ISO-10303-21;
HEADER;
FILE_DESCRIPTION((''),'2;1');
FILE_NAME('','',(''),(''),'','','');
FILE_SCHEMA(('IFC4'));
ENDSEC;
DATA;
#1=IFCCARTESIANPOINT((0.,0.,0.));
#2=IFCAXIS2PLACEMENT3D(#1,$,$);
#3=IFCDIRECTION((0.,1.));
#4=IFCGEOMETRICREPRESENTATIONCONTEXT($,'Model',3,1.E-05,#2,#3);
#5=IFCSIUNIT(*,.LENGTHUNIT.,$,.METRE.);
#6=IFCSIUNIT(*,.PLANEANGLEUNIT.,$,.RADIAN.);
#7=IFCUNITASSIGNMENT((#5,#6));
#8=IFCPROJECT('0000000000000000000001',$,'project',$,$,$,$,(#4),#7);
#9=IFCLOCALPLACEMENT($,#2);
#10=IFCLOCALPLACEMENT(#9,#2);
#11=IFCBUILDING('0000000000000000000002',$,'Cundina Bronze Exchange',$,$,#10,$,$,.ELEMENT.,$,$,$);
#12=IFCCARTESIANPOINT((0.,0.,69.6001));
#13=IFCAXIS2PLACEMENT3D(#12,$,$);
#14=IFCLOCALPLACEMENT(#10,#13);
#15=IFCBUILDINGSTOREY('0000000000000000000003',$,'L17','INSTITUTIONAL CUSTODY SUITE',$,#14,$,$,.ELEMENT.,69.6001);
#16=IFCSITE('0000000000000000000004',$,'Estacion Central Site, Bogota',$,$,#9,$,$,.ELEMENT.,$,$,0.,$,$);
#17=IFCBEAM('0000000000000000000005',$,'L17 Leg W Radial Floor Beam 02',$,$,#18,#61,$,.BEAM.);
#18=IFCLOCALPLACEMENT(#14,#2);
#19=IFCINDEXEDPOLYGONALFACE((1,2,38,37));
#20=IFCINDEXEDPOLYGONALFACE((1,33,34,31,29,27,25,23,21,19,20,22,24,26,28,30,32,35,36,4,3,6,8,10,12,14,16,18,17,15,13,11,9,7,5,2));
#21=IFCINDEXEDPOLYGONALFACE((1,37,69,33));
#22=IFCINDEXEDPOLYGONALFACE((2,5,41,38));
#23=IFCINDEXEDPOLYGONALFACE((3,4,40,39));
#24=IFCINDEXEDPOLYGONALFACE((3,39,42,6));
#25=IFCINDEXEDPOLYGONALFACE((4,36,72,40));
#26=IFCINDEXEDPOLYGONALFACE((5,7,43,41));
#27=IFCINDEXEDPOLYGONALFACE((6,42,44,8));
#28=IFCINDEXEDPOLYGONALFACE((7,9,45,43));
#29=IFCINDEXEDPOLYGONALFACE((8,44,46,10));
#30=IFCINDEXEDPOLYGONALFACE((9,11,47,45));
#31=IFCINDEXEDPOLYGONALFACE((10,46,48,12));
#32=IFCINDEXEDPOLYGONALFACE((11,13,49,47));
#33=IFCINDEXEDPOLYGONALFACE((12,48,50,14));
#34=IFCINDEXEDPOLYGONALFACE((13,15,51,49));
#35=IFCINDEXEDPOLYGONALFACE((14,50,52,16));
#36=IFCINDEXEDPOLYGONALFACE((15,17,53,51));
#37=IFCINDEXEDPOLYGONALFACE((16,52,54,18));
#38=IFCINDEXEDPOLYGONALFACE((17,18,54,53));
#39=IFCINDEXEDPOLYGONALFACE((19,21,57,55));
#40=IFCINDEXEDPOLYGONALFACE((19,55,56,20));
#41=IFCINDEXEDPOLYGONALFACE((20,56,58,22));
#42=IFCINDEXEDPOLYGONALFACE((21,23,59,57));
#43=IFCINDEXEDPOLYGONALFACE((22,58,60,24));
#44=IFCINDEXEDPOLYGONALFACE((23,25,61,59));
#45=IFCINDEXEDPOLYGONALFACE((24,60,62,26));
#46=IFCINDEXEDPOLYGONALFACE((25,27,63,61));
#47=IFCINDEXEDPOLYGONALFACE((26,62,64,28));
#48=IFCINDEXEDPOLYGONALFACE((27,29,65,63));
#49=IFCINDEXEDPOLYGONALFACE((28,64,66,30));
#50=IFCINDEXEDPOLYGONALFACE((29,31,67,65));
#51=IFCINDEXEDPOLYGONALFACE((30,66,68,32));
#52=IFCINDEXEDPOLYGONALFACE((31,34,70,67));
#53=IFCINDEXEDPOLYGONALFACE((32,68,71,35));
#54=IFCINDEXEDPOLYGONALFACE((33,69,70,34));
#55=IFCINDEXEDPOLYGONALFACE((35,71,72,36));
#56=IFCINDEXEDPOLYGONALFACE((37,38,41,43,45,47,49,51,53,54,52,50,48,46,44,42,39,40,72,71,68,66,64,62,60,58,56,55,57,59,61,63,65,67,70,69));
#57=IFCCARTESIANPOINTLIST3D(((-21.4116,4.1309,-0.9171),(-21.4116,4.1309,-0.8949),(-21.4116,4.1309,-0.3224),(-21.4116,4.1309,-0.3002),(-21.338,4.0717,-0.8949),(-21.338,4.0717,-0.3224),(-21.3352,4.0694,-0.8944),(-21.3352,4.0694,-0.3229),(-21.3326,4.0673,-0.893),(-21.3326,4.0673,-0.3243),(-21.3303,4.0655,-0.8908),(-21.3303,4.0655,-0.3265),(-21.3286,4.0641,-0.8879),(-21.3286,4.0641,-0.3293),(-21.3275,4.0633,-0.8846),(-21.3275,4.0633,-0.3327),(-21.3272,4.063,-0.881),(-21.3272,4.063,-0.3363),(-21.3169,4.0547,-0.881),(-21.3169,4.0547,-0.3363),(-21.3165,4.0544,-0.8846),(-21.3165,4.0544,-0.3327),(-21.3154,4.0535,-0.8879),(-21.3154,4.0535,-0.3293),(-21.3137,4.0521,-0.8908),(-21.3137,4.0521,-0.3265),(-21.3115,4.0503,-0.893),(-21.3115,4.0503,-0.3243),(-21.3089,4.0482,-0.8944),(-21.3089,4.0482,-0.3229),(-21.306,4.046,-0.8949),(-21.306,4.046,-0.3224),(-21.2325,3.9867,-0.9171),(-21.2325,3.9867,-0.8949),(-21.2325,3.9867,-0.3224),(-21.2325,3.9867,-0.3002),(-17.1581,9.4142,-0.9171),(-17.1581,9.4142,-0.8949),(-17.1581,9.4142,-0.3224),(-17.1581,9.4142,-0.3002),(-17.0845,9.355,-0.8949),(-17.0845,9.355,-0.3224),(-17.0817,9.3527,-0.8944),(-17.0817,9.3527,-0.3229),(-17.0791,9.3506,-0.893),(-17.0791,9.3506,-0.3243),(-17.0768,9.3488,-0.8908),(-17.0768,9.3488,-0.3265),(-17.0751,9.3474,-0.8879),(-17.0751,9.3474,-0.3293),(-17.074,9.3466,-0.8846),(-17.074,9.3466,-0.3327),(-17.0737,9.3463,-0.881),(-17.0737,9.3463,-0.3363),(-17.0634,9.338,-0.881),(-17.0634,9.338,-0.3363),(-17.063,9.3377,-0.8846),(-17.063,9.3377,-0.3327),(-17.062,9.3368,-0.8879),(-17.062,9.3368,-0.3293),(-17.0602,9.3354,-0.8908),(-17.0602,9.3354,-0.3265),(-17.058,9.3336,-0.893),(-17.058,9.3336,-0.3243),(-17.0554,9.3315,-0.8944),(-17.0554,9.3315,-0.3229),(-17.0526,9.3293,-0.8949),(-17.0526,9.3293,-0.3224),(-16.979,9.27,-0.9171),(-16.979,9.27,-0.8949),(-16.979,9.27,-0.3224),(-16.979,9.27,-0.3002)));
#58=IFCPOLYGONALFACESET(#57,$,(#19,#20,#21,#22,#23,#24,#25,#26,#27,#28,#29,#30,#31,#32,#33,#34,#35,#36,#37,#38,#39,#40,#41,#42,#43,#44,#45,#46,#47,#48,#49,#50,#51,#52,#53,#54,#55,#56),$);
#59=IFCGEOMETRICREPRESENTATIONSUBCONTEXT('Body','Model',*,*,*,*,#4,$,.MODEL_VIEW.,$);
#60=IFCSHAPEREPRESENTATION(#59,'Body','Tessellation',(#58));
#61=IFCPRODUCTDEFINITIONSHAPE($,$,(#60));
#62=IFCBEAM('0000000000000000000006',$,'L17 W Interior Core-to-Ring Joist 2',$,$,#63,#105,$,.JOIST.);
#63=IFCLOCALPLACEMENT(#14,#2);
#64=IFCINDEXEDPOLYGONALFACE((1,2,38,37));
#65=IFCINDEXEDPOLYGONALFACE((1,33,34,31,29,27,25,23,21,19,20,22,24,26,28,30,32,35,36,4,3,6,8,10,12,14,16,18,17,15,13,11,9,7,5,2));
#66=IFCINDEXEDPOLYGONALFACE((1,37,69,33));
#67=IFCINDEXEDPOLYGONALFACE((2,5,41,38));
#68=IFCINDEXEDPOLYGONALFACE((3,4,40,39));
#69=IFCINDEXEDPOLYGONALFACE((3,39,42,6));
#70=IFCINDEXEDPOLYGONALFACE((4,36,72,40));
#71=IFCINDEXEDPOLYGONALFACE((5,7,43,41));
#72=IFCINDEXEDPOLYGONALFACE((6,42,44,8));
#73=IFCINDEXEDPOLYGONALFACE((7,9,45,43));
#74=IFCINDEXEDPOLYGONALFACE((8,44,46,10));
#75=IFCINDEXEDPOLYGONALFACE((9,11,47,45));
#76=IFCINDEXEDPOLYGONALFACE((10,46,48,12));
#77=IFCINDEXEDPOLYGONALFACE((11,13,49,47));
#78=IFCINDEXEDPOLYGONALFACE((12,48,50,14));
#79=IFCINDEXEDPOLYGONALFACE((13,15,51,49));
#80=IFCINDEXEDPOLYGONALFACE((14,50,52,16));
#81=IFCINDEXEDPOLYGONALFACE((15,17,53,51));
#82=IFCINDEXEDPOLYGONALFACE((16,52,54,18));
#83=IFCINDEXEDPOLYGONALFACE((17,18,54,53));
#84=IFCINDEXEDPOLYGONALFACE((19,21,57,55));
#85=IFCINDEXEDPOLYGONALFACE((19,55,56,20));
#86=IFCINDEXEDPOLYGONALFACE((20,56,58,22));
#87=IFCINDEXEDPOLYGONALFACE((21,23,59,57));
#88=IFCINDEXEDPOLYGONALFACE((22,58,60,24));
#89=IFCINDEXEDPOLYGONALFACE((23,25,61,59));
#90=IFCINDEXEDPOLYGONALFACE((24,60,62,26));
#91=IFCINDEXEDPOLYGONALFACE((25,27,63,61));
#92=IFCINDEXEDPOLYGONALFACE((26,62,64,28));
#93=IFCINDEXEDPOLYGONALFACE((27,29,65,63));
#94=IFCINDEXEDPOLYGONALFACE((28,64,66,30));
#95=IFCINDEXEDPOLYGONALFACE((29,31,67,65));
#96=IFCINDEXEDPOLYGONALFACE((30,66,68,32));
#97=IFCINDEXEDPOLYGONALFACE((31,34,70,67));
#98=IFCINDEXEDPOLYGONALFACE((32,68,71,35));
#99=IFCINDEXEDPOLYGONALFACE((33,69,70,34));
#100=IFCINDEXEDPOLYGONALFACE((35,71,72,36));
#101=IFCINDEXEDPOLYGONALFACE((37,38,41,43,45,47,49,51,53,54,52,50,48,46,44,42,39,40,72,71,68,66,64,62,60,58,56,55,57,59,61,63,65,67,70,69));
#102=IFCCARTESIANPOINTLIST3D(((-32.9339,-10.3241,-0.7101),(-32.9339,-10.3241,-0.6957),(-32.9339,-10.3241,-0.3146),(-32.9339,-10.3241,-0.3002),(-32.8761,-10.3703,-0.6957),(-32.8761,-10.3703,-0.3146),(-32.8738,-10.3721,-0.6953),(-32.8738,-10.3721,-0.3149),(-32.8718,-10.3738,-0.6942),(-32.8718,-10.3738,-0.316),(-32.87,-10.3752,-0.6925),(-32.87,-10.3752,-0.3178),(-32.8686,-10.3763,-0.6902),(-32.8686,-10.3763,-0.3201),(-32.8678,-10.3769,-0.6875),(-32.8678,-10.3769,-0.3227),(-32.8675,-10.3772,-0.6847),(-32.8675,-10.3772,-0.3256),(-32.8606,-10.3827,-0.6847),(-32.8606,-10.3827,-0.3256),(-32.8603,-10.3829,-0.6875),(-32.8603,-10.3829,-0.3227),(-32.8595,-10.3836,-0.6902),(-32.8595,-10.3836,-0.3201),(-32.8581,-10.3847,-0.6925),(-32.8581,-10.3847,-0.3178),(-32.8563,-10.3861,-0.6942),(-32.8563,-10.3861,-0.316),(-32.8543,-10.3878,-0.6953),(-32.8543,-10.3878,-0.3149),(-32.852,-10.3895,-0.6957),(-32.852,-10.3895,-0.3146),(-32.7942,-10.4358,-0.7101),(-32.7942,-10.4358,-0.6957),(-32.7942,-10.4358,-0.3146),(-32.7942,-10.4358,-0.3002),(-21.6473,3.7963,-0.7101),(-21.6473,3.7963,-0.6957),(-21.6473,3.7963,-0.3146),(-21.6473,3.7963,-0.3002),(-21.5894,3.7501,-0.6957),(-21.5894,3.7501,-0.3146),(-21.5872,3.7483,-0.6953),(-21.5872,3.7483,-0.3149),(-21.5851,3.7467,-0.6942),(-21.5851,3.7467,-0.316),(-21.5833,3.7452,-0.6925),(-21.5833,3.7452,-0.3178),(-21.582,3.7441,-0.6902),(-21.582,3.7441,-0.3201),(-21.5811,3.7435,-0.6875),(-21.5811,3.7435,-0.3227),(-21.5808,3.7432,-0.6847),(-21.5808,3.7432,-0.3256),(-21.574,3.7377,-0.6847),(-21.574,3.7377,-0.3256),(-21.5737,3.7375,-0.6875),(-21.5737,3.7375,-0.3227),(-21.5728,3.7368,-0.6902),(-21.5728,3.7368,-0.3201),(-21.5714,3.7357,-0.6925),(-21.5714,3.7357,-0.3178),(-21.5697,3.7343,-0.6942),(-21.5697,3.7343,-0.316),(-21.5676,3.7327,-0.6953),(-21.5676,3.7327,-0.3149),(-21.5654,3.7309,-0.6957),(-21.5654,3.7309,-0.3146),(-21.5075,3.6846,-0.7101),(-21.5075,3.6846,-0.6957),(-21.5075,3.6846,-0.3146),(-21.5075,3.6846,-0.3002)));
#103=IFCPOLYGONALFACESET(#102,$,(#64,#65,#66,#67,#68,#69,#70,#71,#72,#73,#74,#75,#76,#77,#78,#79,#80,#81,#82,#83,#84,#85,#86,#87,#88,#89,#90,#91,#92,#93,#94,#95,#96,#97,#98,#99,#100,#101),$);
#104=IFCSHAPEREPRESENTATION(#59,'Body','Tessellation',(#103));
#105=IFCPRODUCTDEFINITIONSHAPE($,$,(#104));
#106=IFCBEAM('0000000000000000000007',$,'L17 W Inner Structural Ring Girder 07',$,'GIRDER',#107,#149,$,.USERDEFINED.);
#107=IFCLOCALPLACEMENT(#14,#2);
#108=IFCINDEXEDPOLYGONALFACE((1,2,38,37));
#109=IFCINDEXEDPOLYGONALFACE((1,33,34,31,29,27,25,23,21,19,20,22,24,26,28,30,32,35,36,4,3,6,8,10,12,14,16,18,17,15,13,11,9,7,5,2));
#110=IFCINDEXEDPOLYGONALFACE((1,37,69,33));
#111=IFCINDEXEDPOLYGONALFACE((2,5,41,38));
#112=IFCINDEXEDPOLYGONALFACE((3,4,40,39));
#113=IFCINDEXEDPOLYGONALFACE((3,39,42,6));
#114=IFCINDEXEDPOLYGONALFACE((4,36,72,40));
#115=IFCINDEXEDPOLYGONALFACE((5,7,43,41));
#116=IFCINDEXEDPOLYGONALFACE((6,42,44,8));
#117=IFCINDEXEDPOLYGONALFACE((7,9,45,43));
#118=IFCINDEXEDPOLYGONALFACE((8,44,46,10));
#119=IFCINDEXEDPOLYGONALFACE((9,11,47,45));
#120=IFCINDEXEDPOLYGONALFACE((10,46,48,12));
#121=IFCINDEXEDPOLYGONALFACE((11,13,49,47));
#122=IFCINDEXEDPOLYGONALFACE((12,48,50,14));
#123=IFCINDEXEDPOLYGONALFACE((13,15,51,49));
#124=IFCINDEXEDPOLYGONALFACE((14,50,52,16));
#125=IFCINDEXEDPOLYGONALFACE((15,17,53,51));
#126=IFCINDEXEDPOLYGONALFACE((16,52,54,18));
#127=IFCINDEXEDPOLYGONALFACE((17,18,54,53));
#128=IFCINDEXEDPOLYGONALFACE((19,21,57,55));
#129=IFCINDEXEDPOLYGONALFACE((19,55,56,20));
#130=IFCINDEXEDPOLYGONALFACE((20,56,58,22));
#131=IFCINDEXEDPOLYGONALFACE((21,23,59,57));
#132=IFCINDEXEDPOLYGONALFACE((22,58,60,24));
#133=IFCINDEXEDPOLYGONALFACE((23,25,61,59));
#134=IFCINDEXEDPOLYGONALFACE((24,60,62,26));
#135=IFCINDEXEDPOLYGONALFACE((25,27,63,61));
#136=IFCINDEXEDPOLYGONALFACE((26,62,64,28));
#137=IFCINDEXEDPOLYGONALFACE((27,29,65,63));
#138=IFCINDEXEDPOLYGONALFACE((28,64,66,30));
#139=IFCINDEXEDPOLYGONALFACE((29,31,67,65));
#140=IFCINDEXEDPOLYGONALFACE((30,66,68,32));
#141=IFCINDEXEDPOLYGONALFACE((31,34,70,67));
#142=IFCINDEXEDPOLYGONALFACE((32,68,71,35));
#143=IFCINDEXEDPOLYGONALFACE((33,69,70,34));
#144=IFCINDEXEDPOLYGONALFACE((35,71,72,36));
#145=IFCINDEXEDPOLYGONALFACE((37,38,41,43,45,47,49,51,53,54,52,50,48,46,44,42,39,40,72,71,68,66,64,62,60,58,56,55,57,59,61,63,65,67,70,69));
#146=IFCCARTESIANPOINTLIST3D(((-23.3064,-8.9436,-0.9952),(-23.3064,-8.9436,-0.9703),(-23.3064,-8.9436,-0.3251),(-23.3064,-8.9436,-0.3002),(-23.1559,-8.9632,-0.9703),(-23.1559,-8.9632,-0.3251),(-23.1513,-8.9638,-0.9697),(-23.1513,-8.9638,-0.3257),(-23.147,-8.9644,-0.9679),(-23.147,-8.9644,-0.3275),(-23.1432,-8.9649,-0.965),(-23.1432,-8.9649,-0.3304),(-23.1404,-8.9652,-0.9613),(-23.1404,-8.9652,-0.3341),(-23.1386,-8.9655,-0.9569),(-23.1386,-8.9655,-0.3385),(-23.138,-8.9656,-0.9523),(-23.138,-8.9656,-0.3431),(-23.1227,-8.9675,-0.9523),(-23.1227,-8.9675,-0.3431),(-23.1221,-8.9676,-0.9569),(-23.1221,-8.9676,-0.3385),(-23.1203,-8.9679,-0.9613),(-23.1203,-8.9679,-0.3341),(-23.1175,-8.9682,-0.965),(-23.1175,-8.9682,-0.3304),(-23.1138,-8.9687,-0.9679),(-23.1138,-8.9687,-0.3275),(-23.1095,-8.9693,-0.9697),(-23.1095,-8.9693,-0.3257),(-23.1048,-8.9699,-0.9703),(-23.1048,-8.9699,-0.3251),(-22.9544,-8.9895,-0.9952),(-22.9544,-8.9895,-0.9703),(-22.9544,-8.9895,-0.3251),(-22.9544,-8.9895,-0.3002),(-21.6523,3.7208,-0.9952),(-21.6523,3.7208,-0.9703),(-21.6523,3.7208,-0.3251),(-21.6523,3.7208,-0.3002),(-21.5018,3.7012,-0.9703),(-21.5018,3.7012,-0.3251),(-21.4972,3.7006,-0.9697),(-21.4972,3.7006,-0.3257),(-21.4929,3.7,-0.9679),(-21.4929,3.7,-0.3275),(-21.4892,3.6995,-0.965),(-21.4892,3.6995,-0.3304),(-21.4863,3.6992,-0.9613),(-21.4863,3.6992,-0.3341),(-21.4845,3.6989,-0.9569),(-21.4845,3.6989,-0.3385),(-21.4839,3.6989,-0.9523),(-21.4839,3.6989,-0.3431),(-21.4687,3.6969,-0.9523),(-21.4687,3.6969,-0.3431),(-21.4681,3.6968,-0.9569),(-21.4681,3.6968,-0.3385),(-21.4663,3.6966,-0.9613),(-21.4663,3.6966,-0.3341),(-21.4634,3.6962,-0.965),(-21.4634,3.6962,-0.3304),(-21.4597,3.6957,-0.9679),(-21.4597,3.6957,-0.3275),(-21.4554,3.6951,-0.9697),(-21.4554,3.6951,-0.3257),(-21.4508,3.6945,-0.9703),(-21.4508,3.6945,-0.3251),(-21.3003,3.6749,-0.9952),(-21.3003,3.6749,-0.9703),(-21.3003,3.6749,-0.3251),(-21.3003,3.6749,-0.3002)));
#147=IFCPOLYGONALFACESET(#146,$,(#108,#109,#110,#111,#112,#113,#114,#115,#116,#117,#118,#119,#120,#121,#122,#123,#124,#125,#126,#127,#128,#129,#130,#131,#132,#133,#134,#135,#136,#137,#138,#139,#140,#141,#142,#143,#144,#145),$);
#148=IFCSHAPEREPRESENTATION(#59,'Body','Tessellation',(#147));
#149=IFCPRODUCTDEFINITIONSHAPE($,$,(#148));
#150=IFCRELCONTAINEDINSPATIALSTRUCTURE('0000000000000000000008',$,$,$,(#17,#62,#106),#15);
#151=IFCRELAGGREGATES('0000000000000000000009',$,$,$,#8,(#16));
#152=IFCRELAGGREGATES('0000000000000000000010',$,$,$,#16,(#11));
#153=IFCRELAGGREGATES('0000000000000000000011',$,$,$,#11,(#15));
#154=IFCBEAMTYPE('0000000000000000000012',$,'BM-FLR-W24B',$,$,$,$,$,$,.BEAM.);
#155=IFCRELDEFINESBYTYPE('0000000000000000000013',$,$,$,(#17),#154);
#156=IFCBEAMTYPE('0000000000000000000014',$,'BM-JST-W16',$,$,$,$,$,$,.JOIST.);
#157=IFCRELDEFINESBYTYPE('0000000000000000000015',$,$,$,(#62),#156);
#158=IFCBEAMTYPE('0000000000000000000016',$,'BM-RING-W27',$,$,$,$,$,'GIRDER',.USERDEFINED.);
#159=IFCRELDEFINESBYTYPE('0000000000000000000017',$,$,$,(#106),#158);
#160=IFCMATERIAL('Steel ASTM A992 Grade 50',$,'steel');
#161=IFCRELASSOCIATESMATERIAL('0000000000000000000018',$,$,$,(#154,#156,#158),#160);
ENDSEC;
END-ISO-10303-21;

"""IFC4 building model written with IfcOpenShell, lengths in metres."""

from ifc_helpers import new_model, si_unit, direction, frame, origin, origin_2d, place, context, subcontext, project, spatial, i_section, extrude, material, material_profile, profile_set, type_object, element, save


model = new_model("IFC4")

# Units and contexts
model_context = context("Model", 3, precision=1e-05, world=origin(), true_north=direction((0.0, 1.0)))
body_context = subcontext(model_context, "Body", "Model", "MODEL_VIEW")
ifc_project = project(units=[si_unit("LENGTHUNIT", "METRE"), si_unit("PLANEANGLEUNIT", "RADIAN")], contexts=[model_context])

# Site, building, storey
site_placement = place(None, origin())
site = spatial("IfcSite", under=ifc_project, at=site_placement, Name="Estacion Central Site, Bogota", CompositionType="ELEMENT", RefElevation=0.0)
building_placement = place(site_placement, origin())
building = spatial("IfcBuilding", under=site, at=building_placement, Name="Cundina Bronze Exchange", CompositionType="ELEMENT")
storey_placement = place(building_placement, frame((0.0, 0.0, 69.6001)))
storey = spatial("IfcBuildingStorey", under=building, at=storey_placement, Name="L17", Description="INSTITUTIONAL CUSTODY SUITE", CompositionType="ELEMENT", Elevation=69.6001)

# Shared definitions
ifc_material_1 = material(Name="Steel ASTM A992 Grade 50", Category="steel")

# Beams
ifc_material_profile_1 = material_profile(ifc_material_1, i_section(OverallWidth=0.23, OverallDepth=0.6169, WebThickness=0.0132, FlangeThickness=0.0222, FilletRadius=0.0139, at=origin_2d()), Name="W24X94", Category="steel")
ifc_profile_set_1 = profile_set([ifc_material_profile_1], Name="Steel ASTM A992 Grade 50")
beam_type_1 = type_object("IfcBeamType", Name="BM-FLR-W24B", PredefinedType="BEAM", material=ifc_profile_set_1)
beam_1_placement = place(storey_placement, frame((-21.322, 4.0588, -0.6086), z_axis=(0.627106, 0.778934, 0.0), x_axis=(-0.778934, 0.627106, 0.0)))
element("IfcBeam", 1, at=beam_1_placement, inside=storey, type_object=beam_type_1, Name="L17 Leg W Radial Floor Beam 02", PredefinedType="BEAM", context=body_context, shape_type="SweptSolid", body=[
    extrude(i_section(OverallWidth=0.23, OverallDepth=0.6169, WebThickness=0.0132, FlangeThickness=0.0222, FilletRadius=0.0139, at=origin_2d()), origin(), (0.0, 0.0, 1.0), 6.7827),
])
ifc_material_profile_2 = material_profile(ifc_material_1, i_section(OverallWidth=0.179, OverallDepth=0.4099, WebThickness=0.0088, FlangeThickness=0.0144, FilletRadius=0.011, at=origin_2d()), Name="W16X45", Category="steel")
ifc_profile_set_2 = profile_set([ifc_material_profile_2], Name="Steel ASTM A992 Grade 50")
beam_type_2 = type_object("IfcBeamType", Name="BM-JST-W16", PredefinedType="JOIST", material=ifc_profile_set_2)
beam_2_placement = place(storey_placement, frame((-21.5774, 3.7405, -0.5051), z_axis=(-0.624369, -0.78113, 0.0), x_axis=(0.78113, -0.624369, 0.0)))
element("IfcBeam", 2, at=beam_2_placement, inside=storey, type_object=beam_type_2, Name="L17 W Interior Core-to-Ring Joist 2", PredefinedType="JOIST", context=body_context, shape_type="SweptSolid", body=[
    extrude(i_section(OverallWidth=0.179, OverallDepth=0.4099, WebThickness=0.0088, FlangeThickness=0.0144, FilletRadius=0.011, at=origin_2d()), origin(), (0.0, 0.0, 1.0), 18.0769),
])
ifc_material_profile_3 = material_profile(ifc_material_1, i_section(OverallWidth=0.355, OverallDepth=0.6951, WebThickness=0.0154, FlangeThickness=0.0249, FilletRadius=0.0181, at=origin_2d()), Name="W27X146", Category="steel")
ifc_profile_set_3 = profile_set([ifc_material_profile_3], Name="Steel ASTM A992 Grade 50")
beam_type_3 = type_object("IfcBeamType", Name="BM-RING-W27", ElementType="GIRDER", PredefinedType="USERDEFINED", material=ifc_profile_set_3)
beam_3_placement = place(storey_placement, frame((-23.1304, -8.9666, -0.6477), z_axis=(0.129508, 0.991578, 0.0), x_axis=(-0.991578, 0.129508, 0.0)))
element("IfcBeam", 3, at=beam_3_placement, inside=storey, type_object=beam_type_3, Name="L17 W Inner Structural Ring Girder 07", ObjectType="GIRDER", PredefinedType="USERDEFINED", context=body_context, shape_type="SweptSolid", body=[
    extrude(i_section(OverallWidth=0.355, OverallDepth=0.6951, WebThickness=0.0154, FlangeThickness=0.0249, FilletRadius=0.0181, at=origin_2d()), origin(), (0.0, 0.0, 1.0), 12.772),
])

save(model, "model.ifc")
